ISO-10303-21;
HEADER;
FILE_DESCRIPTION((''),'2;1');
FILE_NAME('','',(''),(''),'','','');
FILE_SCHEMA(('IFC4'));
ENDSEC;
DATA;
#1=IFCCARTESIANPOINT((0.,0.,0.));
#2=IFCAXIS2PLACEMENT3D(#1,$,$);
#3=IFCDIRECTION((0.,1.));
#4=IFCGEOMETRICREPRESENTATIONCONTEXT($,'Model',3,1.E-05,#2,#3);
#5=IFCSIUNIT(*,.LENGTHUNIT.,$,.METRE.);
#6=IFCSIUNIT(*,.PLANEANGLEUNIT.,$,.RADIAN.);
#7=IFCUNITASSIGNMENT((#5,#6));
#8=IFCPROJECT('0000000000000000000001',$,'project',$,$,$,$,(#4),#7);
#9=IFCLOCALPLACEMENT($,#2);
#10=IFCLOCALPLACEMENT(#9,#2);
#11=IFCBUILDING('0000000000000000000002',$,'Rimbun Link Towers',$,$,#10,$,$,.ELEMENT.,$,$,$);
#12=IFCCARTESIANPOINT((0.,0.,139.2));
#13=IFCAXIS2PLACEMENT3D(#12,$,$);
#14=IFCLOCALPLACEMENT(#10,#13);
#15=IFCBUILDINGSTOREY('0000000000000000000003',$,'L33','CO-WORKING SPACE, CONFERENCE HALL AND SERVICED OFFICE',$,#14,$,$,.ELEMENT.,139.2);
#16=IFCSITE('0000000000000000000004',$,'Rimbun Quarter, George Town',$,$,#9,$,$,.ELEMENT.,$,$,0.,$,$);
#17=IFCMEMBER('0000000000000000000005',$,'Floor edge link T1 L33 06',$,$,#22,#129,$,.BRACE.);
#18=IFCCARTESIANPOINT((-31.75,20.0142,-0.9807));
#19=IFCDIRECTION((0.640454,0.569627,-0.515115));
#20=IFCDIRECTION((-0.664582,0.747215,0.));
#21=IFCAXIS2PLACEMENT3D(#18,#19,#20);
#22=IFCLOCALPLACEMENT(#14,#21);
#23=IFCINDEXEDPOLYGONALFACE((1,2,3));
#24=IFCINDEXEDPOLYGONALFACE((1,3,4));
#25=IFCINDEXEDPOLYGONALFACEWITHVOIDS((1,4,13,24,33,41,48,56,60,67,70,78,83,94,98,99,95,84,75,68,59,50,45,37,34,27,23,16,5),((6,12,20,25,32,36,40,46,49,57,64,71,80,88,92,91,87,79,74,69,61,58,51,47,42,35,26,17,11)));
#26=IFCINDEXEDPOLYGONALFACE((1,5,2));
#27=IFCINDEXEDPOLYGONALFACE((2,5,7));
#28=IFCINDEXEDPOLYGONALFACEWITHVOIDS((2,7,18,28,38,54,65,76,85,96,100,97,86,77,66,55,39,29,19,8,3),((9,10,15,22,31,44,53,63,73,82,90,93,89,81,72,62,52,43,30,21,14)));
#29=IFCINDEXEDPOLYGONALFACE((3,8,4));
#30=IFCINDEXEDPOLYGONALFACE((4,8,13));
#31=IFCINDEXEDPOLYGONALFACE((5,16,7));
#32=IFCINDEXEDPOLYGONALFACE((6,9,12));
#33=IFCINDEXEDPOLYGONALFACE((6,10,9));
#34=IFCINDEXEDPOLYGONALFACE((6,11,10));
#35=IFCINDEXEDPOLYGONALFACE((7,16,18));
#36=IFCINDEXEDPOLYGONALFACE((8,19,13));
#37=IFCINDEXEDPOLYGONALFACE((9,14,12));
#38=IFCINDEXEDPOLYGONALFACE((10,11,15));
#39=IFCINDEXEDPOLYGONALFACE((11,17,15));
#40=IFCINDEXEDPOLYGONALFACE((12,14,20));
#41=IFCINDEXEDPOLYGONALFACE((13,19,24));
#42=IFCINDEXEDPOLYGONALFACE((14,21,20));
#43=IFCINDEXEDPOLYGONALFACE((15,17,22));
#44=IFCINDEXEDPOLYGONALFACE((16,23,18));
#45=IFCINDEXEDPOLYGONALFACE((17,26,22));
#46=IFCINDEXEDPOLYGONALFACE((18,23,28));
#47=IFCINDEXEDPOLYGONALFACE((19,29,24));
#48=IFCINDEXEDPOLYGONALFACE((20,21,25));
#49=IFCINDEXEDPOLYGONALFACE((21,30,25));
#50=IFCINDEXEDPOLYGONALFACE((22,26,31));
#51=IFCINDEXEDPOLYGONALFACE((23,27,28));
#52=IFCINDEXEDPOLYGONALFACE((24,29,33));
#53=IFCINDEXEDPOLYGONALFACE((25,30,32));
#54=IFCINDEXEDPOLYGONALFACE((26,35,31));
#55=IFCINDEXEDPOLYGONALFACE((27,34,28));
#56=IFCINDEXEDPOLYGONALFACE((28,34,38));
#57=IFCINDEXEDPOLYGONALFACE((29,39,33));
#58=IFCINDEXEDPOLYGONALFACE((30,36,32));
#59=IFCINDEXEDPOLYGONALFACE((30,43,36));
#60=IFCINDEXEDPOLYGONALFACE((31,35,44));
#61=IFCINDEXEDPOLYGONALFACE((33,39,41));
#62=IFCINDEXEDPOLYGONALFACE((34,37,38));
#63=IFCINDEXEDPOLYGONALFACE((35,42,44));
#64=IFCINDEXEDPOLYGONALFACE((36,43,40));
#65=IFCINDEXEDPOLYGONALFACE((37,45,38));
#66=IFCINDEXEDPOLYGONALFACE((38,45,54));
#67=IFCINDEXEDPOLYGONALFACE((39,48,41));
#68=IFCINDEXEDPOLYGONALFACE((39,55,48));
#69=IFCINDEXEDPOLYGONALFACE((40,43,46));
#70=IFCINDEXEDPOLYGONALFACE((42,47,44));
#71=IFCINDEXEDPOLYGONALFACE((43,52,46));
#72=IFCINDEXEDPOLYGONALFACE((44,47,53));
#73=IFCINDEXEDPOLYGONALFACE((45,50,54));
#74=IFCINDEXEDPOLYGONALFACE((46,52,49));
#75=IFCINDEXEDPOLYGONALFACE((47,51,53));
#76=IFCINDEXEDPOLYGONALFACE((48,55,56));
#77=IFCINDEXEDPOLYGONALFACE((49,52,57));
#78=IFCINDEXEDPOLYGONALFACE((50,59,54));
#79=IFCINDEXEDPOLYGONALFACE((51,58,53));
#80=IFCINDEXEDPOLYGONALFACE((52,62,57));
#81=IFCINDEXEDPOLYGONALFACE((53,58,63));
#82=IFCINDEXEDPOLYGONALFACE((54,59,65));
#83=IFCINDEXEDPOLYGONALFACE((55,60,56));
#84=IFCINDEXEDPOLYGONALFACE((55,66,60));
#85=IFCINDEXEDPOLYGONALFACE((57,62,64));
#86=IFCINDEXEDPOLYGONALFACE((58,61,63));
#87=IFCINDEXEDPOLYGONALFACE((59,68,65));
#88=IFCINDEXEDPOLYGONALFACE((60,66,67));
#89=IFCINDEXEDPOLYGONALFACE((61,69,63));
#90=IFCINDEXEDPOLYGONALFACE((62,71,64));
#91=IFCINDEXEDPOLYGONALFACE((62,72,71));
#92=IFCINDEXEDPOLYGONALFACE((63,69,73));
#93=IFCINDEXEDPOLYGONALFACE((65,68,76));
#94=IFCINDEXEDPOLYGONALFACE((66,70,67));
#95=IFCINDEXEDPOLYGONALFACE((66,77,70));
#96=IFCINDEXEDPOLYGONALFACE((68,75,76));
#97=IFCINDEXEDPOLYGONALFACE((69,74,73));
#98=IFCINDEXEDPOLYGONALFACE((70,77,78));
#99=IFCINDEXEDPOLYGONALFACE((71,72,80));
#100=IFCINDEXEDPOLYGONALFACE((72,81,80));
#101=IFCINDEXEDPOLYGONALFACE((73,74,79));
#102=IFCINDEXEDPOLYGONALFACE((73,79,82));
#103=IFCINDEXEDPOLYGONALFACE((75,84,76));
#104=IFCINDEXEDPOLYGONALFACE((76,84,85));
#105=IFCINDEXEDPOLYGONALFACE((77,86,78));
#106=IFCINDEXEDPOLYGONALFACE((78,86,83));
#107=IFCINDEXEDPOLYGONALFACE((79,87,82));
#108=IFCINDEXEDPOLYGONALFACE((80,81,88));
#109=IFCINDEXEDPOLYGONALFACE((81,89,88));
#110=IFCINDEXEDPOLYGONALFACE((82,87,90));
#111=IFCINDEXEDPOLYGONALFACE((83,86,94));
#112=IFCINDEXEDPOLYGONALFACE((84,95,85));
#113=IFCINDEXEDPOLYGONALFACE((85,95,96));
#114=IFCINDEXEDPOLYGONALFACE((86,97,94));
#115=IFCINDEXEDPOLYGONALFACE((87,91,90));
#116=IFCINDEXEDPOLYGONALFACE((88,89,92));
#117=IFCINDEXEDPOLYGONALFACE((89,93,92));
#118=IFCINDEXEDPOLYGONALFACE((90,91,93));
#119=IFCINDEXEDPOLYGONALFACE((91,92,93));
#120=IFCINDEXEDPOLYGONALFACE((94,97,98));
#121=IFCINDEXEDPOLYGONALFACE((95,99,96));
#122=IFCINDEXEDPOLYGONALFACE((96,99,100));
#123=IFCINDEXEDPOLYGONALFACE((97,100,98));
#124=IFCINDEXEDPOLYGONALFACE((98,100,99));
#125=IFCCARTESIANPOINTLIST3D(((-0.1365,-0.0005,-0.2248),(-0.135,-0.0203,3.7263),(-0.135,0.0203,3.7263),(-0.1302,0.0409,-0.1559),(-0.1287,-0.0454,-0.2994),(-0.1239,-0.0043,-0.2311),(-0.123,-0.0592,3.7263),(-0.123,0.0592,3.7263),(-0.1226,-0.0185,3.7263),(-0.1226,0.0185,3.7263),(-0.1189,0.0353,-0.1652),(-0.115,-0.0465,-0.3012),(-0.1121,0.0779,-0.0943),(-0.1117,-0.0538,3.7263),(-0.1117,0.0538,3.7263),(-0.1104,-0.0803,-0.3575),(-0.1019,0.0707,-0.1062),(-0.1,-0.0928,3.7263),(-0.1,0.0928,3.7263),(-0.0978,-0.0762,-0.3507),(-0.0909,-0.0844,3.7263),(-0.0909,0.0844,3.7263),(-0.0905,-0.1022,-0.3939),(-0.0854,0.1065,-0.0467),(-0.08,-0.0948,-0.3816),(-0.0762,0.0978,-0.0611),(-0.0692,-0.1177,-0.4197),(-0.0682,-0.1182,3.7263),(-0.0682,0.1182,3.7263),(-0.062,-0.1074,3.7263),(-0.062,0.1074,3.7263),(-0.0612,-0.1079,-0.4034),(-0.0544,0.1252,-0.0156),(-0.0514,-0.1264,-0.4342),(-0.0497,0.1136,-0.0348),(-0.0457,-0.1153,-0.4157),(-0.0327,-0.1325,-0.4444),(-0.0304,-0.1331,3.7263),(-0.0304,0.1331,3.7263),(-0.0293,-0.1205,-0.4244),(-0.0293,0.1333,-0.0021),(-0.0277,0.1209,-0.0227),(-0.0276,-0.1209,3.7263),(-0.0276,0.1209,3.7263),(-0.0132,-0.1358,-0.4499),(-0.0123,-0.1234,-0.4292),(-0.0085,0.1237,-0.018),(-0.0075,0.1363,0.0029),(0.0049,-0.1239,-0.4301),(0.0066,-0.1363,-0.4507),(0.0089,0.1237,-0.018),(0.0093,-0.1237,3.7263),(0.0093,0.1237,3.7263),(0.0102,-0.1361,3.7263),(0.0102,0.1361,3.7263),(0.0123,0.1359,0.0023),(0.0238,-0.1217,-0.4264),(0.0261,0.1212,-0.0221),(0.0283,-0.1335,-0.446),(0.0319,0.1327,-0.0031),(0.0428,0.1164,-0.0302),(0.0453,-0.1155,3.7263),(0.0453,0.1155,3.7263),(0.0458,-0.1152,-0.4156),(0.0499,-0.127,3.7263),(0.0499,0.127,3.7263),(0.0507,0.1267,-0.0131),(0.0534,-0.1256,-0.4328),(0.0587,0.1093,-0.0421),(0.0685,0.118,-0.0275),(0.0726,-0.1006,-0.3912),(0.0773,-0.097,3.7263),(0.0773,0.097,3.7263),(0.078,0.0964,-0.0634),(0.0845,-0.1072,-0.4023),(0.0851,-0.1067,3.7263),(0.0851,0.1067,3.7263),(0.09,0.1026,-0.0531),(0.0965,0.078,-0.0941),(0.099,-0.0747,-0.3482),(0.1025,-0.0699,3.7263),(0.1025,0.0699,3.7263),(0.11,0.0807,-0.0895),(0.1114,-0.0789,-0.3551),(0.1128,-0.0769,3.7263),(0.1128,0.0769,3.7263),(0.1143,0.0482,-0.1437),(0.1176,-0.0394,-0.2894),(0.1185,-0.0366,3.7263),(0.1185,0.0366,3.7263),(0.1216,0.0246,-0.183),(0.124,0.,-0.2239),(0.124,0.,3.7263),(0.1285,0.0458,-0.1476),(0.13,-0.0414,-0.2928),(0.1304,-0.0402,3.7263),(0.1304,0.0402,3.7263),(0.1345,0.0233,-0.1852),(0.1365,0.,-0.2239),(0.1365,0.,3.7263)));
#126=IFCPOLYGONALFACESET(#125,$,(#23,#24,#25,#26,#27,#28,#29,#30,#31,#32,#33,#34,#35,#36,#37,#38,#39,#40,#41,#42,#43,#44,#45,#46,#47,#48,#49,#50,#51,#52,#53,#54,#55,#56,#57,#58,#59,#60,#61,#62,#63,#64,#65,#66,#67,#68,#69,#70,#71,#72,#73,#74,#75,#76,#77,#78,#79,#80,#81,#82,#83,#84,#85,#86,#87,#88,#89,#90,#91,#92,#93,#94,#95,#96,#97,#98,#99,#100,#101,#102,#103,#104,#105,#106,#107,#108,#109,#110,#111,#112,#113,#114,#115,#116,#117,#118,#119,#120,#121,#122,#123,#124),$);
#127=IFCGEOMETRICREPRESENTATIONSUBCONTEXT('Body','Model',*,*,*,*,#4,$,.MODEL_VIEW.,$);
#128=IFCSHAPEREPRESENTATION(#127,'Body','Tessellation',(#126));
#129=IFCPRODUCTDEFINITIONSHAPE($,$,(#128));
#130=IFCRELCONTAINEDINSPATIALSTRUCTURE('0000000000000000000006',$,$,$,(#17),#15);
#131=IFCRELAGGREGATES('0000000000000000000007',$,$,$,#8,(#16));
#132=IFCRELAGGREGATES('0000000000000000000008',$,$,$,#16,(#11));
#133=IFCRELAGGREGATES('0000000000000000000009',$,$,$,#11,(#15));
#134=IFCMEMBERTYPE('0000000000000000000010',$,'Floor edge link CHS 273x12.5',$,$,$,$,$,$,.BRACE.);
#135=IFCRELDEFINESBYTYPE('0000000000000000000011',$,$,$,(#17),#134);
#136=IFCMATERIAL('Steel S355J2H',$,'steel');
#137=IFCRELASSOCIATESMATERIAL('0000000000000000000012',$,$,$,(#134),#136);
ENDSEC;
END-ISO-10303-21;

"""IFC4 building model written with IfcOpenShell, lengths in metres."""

from ifc_helpers import new_model, si_unit, direction, frame, origin, origin_2d, place, context, subcontext, project, spatial, hollow_circle, extrude, clip, halfspace, material, material_profile, profile_set, type_object, element, save


model = new_model("IFC4")

# Units and contexts
model_context = context("Model", 3, precision=1e-05, world=origin(), true_north=direction((0.0, 1.0)))
body_context = subcontext(model_context, "Body", "Model", "MODEL_VIEW")
ifc_project = project(units=[si_unit("LENGTHUNIT", "METRE"), si_unit("PLANEANGLEUNIT", "RADIAN")], contexts=[model_context])

# Site, building, storey
site_placement = place(None, origin())
site = spatial("IfcSite", under=ifc_project, at=site_placement, Name="Rimbun Quarter, George Town", CompositionType="ELEMENT", RefElevation=0.0)
building_placement = place(site_placement, origin())
building = spatial("IfcBuilding", under=site, at=building_placement, Name="Rimbun Link Towers", CompositionType="ELEMENT")
storey_placement = place(building_placement, frame((0.0, 0.0, 139.2)))
storey = spatial("IfcBuildingStorey", under=building, at=storey_placement, Name="L33", Description="CO-WORKING SPACE, CONFERENCE HALL AND SERVICED OFFICE", CompositionType="ELEMENT", Elevation=139.2)

# Member
ifc_material_1 = material(Name="Steel S355J2H", Category="steel")
ifc_material_profile_1 = material_profile(ifc_material_1, hollow_circle(Radius=0.1365, WallThickness=0.0125, at=origin_2d()), Name="CHS 273x12.5")
ifc_profile_set_1 = profile_set([ifc_material_profile_1], Name="Steel S355J2H")
member_type_1 = type_object("IfcMemberType", Name="Floor edge link CHS 273x12.5", PredefinedType="BRACE", material=ifc_profile_set_1)
member_1_placement = place(storey_placement, frame((-31.75, 20.0142, -0.9807), z_axis=(0.640454, 0.569627, -0.515115), x_axis=(-0.664582, 0.747215, 0.0)))
element("IfcMember", 1, at=member_1_placement, inside=storey, type_object=member_type_1, Name="Floor edge link T1 L33 06", PredefinedType="BRACE", context=body_context, shape_type="Clipping", body=[
    clip(extrude(hollow_circle(Radius=0.1365, WallThickness=0.0125, at=origin_2d()), frame((0.0, 0.0, -0.4736)), (0.0, 0.0, 1.0), 4.2), halfspace(frame((0.0, 0.0, -0.2239), z_axis=(0.0, 0.857121, -0.515115)), False)),
])

save(model, "model.ifc")
